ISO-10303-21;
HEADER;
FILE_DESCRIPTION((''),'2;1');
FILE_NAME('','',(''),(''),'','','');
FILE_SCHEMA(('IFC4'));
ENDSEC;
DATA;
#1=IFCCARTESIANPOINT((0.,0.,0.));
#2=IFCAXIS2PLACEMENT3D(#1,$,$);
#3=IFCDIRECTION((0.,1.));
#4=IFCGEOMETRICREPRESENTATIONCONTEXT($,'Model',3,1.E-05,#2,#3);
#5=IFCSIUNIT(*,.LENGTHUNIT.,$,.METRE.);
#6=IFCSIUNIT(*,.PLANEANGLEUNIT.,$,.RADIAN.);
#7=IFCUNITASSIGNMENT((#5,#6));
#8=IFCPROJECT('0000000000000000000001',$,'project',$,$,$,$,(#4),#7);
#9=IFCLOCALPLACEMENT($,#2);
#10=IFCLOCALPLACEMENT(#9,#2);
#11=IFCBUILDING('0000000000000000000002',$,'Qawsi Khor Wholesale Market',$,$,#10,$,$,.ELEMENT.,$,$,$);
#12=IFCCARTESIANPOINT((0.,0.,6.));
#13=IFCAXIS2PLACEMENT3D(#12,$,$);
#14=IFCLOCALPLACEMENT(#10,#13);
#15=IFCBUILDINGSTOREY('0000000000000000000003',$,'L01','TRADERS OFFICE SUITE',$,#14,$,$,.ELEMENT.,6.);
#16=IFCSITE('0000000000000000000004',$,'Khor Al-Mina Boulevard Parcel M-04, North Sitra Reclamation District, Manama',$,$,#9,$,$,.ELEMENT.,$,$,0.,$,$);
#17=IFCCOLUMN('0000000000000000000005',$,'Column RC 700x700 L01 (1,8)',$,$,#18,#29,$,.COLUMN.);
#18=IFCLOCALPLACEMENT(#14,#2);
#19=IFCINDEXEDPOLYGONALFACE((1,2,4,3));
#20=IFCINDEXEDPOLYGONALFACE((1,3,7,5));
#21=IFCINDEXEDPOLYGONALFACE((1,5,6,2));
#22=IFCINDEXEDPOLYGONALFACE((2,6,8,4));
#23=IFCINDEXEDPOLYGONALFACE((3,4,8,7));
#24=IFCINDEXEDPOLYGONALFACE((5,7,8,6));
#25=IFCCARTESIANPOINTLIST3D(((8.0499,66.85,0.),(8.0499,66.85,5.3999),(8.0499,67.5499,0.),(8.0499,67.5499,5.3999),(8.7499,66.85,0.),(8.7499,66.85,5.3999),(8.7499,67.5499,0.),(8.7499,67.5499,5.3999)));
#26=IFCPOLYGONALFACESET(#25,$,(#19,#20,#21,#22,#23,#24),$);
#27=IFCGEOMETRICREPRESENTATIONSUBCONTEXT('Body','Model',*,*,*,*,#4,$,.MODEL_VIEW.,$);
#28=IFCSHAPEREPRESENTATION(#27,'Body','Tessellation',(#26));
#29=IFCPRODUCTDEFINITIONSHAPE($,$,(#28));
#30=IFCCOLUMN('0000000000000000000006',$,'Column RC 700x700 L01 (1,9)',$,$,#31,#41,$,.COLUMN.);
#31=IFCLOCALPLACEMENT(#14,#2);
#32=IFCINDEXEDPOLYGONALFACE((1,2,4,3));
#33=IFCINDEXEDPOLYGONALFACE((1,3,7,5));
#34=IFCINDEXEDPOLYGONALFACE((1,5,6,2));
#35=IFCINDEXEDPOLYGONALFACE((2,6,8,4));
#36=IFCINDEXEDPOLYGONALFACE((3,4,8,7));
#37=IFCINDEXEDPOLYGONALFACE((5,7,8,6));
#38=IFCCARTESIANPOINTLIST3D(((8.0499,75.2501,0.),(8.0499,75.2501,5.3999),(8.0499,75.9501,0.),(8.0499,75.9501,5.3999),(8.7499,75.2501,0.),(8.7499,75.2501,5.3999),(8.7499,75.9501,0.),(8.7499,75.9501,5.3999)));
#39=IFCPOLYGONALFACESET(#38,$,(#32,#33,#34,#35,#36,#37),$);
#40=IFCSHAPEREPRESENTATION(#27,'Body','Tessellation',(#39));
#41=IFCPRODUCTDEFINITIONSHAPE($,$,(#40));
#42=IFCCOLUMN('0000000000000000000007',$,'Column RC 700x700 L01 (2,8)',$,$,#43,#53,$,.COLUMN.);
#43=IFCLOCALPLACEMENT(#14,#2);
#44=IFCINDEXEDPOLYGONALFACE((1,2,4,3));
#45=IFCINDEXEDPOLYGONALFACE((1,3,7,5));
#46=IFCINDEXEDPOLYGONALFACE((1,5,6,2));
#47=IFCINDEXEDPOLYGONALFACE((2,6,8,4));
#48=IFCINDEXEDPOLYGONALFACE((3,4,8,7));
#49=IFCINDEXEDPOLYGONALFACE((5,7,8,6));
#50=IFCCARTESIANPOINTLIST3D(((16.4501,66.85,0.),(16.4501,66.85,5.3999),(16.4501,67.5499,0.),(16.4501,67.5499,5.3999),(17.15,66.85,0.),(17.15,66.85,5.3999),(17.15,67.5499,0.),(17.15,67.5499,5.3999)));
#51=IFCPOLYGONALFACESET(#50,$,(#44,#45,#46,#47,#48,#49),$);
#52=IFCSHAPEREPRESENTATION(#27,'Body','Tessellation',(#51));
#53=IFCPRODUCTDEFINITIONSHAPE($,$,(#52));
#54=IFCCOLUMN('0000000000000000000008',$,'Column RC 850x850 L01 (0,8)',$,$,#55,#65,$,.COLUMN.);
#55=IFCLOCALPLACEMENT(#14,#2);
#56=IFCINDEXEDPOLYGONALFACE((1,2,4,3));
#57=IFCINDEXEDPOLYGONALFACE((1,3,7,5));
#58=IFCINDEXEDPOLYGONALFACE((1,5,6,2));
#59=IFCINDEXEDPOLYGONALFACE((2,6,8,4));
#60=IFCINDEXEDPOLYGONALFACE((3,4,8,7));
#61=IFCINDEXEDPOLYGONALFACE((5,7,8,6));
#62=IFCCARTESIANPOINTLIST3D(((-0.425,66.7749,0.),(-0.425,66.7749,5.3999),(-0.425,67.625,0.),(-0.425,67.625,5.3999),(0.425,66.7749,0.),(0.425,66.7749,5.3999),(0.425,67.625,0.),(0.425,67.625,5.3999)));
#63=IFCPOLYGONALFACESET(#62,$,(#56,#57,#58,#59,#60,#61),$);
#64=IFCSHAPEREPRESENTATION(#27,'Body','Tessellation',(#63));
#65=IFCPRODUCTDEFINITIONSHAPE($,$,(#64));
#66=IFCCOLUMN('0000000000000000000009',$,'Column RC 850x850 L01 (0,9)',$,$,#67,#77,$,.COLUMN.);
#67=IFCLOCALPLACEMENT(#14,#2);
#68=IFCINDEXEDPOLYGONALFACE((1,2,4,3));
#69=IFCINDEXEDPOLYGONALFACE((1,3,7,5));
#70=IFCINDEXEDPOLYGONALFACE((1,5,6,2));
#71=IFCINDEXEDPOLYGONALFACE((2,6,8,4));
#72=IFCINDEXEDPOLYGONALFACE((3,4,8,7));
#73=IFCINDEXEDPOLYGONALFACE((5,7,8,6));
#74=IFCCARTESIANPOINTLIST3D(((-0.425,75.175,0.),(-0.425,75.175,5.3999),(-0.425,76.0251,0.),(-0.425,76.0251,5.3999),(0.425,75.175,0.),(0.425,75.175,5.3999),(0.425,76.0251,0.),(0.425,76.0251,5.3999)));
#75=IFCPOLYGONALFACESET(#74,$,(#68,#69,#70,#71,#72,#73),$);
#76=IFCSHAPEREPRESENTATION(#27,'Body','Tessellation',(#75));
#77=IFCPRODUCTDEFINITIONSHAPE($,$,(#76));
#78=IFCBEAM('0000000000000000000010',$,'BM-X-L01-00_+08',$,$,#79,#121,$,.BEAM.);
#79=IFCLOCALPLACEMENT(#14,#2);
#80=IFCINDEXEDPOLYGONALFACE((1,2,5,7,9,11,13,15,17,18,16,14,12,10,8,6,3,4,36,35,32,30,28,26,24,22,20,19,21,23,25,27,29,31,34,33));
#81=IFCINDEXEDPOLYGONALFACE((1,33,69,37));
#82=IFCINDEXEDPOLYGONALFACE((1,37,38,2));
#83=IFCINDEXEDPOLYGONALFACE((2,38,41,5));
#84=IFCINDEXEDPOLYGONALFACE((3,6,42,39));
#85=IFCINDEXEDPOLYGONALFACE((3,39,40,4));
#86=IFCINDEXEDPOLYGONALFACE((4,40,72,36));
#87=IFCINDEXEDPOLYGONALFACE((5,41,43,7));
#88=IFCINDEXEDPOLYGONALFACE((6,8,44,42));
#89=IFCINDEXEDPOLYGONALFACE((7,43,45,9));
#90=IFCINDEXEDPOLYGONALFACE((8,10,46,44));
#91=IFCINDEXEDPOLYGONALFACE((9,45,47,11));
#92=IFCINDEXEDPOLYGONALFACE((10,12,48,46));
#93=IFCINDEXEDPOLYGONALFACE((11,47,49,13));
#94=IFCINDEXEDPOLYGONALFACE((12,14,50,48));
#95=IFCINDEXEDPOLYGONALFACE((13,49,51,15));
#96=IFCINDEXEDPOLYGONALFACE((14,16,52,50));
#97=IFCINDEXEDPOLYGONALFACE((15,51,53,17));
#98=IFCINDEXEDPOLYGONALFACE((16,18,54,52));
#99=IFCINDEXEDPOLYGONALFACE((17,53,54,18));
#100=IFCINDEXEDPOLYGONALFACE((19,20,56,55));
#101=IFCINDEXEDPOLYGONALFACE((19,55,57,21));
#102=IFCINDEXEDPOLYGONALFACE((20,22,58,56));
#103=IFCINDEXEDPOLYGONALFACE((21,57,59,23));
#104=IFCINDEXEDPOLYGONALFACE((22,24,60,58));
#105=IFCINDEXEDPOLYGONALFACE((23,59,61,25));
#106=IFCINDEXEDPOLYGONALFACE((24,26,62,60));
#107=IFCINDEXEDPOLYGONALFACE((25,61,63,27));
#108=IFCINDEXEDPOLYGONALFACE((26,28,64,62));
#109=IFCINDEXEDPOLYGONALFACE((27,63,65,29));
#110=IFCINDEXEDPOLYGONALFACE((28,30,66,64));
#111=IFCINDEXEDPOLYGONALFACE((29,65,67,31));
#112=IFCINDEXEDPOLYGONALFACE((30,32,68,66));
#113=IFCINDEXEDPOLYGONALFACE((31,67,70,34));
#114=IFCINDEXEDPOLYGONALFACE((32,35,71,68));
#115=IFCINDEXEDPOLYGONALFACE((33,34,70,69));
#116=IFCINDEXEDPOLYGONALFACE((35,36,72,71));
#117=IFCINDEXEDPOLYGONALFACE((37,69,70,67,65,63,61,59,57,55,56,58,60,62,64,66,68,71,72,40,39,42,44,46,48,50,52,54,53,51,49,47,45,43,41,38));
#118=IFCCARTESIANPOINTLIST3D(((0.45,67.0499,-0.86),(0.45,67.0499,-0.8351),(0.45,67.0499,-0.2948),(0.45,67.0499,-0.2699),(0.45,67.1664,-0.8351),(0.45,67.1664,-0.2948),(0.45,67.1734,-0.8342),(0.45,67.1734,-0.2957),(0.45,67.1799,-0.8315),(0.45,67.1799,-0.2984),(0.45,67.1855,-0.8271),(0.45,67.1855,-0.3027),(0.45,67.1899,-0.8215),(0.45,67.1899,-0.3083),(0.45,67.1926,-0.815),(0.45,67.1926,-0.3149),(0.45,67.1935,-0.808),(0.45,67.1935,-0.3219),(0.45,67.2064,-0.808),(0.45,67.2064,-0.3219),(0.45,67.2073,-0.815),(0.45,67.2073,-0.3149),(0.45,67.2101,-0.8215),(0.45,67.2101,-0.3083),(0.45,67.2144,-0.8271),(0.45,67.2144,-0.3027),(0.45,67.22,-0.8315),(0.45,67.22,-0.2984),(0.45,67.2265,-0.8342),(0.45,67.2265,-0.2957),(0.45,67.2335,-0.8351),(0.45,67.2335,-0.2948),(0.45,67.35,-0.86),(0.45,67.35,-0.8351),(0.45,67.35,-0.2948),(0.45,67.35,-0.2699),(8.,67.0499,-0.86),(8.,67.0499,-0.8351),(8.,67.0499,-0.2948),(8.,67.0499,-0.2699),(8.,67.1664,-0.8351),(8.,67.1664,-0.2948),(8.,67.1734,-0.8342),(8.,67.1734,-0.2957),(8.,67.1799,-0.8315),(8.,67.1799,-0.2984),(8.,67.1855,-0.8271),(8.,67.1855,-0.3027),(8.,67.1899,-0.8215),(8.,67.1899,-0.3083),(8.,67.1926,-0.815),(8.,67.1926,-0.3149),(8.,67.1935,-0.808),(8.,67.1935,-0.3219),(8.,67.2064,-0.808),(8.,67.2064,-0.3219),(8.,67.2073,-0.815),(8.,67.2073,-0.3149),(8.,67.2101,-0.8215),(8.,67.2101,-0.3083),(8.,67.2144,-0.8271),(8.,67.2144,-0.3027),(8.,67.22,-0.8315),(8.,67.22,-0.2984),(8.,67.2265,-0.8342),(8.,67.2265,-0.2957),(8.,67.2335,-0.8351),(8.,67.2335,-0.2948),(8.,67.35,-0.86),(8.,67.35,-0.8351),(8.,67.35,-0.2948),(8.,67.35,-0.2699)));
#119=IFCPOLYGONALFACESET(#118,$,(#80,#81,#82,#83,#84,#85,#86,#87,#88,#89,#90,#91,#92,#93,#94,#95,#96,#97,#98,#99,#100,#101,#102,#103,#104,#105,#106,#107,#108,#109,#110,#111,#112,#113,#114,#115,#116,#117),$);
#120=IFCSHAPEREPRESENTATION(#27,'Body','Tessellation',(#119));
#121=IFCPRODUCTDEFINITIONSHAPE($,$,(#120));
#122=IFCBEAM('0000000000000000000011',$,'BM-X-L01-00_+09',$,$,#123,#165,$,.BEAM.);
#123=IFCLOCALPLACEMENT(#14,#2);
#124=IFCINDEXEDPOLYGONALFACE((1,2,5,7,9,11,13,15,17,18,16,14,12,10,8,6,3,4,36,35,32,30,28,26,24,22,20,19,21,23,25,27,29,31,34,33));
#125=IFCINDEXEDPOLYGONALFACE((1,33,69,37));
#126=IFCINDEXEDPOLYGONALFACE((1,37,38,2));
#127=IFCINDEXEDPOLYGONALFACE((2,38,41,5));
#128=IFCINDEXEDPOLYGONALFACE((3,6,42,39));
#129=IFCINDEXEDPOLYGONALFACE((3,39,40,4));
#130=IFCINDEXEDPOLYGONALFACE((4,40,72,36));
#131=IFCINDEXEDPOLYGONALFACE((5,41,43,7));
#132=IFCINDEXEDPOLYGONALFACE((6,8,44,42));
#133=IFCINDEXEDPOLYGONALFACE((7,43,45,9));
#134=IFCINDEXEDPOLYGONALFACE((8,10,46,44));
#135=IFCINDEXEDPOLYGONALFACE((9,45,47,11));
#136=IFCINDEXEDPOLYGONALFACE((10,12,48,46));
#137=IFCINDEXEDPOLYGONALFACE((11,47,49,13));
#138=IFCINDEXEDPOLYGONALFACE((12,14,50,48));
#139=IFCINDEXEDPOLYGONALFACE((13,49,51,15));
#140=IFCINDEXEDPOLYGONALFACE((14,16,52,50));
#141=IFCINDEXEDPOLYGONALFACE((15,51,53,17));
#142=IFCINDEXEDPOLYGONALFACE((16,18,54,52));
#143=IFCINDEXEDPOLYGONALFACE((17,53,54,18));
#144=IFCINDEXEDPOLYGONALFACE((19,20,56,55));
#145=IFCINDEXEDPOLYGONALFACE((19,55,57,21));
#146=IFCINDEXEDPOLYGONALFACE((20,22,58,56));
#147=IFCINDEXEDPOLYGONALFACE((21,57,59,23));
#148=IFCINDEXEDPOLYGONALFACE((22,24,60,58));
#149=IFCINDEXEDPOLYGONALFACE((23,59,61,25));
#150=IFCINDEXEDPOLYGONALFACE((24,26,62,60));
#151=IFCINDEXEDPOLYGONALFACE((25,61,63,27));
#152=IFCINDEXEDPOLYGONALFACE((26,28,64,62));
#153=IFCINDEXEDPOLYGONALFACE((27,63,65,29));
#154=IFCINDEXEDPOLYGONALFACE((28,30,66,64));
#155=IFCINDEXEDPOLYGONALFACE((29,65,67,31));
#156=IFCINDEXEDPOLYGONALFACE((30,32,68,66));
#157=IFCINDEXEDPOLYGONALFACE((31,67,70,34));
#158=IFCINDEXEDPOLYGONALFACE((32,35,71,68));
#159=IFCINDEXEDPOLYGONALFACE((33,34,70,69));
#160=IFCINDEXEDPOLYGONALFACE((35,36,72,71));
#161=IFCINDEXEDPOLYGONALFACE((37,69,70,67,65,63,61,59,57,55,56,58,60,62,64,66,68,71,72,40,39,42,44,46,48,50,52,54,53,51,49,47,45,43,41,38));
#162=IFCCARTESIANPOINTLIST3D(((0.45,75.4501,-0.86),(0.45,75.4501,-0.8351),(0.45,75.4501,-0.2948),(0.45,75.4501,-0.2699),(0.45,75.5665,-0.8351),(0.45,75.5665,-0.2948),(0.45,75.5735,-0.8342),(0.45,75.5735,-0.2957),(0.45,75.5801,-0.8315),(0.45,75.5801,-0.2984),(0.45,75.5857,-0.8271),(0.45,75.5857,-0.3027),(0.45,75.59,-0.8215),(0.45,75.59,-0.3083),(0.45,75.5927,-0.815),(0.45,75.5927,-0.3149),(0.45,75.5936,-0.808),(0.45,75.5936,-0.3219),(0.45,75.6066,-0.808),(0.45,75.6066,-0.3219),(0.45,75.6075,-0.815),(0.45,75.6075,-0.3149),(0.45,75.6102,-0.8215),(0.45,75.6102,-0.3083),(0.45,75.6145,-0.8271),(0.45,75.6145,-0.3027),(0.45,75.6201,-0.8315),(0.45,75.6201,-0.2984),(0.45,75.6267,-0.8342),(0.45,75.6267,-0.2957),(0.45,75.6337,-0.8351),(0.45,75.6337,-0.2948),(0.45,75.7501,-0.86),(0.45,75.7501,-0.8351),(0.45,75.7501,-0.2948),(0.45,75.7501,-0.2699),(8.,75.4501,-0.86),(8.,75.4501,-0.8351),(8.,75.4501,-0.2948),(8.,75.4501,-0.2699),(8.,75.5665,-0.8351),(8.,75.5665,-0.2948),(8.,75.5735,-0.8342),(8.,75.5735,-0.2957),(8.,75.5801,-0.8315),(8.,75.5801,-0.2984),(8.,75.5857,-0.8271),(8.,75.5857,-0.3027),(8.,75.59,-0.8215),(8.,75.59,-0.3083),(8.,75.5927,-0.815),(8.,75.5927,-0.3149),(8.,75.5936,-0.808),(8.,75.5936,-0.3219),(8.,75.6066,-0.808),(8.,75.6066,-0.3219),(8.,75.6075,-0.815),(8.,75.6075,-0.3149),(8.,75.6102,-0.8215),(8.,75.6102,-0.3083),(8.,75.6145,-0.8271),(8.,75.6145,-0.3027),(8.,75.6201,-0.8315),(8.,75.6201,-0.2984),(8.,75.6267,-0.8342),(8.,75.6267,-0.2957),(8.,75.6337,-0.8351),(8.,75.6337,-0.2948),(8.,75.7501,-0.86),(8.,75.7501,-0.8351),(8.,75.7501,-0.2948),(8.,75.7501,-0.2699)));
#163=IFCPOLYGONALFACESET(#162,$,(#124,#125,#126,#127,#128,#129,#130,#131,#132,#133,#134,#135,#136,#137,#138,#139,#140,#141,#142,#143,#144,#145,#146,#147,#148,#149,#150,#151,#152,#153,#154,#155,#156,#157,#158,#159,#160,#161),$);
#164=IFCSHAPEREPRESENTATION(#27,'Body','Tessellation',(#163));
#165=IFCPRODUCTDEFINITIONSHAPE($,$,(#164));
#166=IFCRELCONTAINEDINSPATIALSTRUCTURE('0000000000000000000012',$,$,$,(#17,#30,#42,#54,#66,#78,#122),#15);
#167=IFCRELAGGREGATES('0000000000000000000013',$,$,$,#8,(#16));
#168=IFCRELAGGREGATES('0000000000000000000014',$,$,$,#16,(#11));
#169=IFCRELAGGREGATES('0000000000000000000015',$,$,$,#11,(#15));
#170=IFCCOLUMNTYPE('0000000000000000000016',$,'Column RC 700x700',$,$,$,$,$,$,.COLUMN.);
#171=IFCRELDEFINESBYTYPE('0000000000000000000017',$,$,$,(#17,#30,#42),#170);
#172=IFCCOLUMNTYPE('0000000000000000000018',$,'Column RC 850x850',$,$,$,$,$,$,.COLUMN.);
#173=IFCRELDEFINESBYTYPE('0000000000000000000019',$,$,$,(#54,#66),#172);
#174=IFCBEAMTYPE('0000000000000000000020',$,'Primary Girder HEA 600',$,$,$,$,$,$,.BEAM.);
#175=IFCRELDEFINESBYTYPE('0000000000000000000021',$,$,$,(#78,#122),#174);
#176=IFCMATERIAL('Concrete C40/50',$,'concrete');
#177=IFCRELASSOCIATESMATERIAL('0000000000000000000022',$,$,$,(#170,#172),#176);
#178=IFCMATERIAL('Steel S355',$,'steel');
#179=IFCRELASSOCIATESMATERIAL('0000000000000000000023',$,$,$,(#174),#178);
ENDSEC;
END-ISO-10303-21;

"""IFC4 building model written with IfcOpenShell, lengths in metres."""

from ifc_helpers import new_model, si_unit, direction, frame, origin, origin_2d, place, context, subcontext, project, spatial, rectangle, i_section, extrude, material, material_profile, profile_set, type_object, element, save


model = new_model("IFC4")

# Units and contexts
model_context = context("Model", 3, precision=1e-05, world=origin(), true_north=direction((0.0, 1.0)))
body_context = subcontext(model_context, "Body", "Model", "MODEL_VIEW")
ifc_project = project(units=[si_unit("LENGTHUNIT", "METRE"), si_unit("PLANEANGLEUNIT", "RADIAN")], contexts=[model_context])

# Site, building, storey
site_placement = place(None, origin())
site = spatial("IfcSite", under=ifc_project, at=site_placement, Name="Khor Al-Mina Boulevard Parcel M-04, North Sitra Reclamation District, Manama", CompositionType="ELEMENT", RefElevation=0.0)
building_placement = place(site_placement, origin())
building = spatial("IfcBuilding", under=site, at=building_placement, Name="Qawsi Khor Wholesale Market", CompositionType="ELEMENT")
storey_placement = place(building_placement, frame((0.0, 0.0, 6.0)))
storey = spatial("IfcBuildingStorey", under=building, at=storey_placement, Name="L01", Description="TRADERS OFFICE SUITE", CompositionType="ELEMENT", Elevation=6.0)

# Columns
ifc_material_1 = material(Name="Concrete C40/50", Category="concrete")
ifc_material_profile_1 = material_profile(ifc_material_1, rectangle(XDim=0.7, YDim=0.7, at=origin_2d()), Name="RC 700x700")
ifc_profile_set_1 = profile_set([ifc_material_profile_1], Name="Concrete C40/50")
column_type_1 = type_object("IfcColumnType", Name="Column RC 700x700", PredefinedType="COLUMN", material=ifc_profile_set_1)
for number, where, z_axis, x_axis, name in (
    (1, (8.3999, 67.2, 0.0), (0.0, 0.0, 1.0), (1.0, 0.0, 0.0), "Column RC 700x700 L01 (1,8)"),
    (2, (8.3999, 75.6001, 0.0), (0.0, 0.0, 1.0), (1.0, 0.0, 0.0), "Column RC 700x700 L01 (1,9)"),
    (3, (16.8, 67.2, 0.0), (0.0, 0.0, 1.0), (1.0, 0.0, 0.0), "Column RC 700x700 L01 (2,8)"),
):
    element("IfcColumn", number, at=place(storey_placement, frame(where, z_axis=z_axis, x_axis=x_axis)), inside=storey, type_object=column_type_1, Name=name, PredefinedType="COLUMN", context=body_context, shape_type="SweptSolid", body=[
        extrude(rectangle(XDim=0.7, YDim=0.7, at=origin_2d()), origin(), (0.0, 0.0, 1.0), 5.3999),
    ])
ifc_material_profile_2 = material_profile(ifc_material_1, rectangle(XDim=0.8501, YDim=0.8501, at=origin_2d()), Name="RC 850x850")
ifc_profile_set_2 = profile_set([ifc_material_profile_2], Name="Concrete C40/50")
column_type_2 = type_object("IfcColumnType", Name="Column RC 850x850", PredefinedType="COLUMN", material=ifc_profile_set_2)
for number, where, z_axis, x_axis, name in (
    (4, (0.0, 67.2, 0.0), (0.0, 0.0, 1.0), (1.0, 0.0, 0.0), "Column RC 850x850 L01 (0,8)"),
    (5, (0.0, 75.6001, 0.0), (0.0, 0.0, 1.0), (1.0, 0.0, 0.0), "Column RC 850x850 L01 (0,9)"),
):
    element("IfcColumn", number, at=place(storey_placement, frame(where, z_axis=z_axis, x_axis=x_axis)), inside=storey, type_object=column_type_2, Name=name, PredefinedType="COLUMN", context=body_context, shape_type="SweptSolid", body=[
        extrude(rectangle(XDim=0.8501, YDim=0.8501, at=origin_2d()), origin(), (0.0, 0.0, 1.0), 5.3999),
    ])

# Beams
ifc_material_2 = material(Name="Steel S355", Category="steel")
ifc_material_profile_3 = material_profile(ifc_material_2, i_section(OverallWidth=0.3, OverallDepth=0.5901, WebThickness=0.0129, FlangeThickness=0.0249, FilletRadius=0.0271, at=origin_2d()), Name="HEA 600")
ifc_profile_set_3 = profile_set([ifc_material_profile_3], Name="Steel S355")
beam_type_1 = type_object("IfcBeamType", Name="Primary Girder HEA 600", PredefinedType="BEAM", material=ifc_profile_set_3)
for number, where, z_axis, x_axis, name in (
    (6, (0.45, 67.2, -0.5649), (1.0, 0.0, 0.0), (0.0, 1.0, 0.0), "BM-X-L01-00_+08"),
    (7, (0.45, 75.6001, -0.5649), (1.0, 0.0, 0.0), (0.0, 1.0, 0.0), "BM-X-L01-00_+09"),
):
    element("IfcBeam", number, at=place(storey_placement, frame(where, z_axis=z_axis, x_axis=x_axis)), inside=storey, type_object=beam_type_1, Name=name, PredefinedType="BEAM", context=body_context, shape_type="SweptSolid", body=[
        extrude(i_section(OverallWidth=0.3, OverallDepth=0.5901, WebThickness=0.0129, FlangeThickness=0.0249, FilletRadius=0.0271, at=origin_2d()), origin(), (0.0, 0.0, 1.0), 7.55),
    ])

save(model, "model.ifc")
